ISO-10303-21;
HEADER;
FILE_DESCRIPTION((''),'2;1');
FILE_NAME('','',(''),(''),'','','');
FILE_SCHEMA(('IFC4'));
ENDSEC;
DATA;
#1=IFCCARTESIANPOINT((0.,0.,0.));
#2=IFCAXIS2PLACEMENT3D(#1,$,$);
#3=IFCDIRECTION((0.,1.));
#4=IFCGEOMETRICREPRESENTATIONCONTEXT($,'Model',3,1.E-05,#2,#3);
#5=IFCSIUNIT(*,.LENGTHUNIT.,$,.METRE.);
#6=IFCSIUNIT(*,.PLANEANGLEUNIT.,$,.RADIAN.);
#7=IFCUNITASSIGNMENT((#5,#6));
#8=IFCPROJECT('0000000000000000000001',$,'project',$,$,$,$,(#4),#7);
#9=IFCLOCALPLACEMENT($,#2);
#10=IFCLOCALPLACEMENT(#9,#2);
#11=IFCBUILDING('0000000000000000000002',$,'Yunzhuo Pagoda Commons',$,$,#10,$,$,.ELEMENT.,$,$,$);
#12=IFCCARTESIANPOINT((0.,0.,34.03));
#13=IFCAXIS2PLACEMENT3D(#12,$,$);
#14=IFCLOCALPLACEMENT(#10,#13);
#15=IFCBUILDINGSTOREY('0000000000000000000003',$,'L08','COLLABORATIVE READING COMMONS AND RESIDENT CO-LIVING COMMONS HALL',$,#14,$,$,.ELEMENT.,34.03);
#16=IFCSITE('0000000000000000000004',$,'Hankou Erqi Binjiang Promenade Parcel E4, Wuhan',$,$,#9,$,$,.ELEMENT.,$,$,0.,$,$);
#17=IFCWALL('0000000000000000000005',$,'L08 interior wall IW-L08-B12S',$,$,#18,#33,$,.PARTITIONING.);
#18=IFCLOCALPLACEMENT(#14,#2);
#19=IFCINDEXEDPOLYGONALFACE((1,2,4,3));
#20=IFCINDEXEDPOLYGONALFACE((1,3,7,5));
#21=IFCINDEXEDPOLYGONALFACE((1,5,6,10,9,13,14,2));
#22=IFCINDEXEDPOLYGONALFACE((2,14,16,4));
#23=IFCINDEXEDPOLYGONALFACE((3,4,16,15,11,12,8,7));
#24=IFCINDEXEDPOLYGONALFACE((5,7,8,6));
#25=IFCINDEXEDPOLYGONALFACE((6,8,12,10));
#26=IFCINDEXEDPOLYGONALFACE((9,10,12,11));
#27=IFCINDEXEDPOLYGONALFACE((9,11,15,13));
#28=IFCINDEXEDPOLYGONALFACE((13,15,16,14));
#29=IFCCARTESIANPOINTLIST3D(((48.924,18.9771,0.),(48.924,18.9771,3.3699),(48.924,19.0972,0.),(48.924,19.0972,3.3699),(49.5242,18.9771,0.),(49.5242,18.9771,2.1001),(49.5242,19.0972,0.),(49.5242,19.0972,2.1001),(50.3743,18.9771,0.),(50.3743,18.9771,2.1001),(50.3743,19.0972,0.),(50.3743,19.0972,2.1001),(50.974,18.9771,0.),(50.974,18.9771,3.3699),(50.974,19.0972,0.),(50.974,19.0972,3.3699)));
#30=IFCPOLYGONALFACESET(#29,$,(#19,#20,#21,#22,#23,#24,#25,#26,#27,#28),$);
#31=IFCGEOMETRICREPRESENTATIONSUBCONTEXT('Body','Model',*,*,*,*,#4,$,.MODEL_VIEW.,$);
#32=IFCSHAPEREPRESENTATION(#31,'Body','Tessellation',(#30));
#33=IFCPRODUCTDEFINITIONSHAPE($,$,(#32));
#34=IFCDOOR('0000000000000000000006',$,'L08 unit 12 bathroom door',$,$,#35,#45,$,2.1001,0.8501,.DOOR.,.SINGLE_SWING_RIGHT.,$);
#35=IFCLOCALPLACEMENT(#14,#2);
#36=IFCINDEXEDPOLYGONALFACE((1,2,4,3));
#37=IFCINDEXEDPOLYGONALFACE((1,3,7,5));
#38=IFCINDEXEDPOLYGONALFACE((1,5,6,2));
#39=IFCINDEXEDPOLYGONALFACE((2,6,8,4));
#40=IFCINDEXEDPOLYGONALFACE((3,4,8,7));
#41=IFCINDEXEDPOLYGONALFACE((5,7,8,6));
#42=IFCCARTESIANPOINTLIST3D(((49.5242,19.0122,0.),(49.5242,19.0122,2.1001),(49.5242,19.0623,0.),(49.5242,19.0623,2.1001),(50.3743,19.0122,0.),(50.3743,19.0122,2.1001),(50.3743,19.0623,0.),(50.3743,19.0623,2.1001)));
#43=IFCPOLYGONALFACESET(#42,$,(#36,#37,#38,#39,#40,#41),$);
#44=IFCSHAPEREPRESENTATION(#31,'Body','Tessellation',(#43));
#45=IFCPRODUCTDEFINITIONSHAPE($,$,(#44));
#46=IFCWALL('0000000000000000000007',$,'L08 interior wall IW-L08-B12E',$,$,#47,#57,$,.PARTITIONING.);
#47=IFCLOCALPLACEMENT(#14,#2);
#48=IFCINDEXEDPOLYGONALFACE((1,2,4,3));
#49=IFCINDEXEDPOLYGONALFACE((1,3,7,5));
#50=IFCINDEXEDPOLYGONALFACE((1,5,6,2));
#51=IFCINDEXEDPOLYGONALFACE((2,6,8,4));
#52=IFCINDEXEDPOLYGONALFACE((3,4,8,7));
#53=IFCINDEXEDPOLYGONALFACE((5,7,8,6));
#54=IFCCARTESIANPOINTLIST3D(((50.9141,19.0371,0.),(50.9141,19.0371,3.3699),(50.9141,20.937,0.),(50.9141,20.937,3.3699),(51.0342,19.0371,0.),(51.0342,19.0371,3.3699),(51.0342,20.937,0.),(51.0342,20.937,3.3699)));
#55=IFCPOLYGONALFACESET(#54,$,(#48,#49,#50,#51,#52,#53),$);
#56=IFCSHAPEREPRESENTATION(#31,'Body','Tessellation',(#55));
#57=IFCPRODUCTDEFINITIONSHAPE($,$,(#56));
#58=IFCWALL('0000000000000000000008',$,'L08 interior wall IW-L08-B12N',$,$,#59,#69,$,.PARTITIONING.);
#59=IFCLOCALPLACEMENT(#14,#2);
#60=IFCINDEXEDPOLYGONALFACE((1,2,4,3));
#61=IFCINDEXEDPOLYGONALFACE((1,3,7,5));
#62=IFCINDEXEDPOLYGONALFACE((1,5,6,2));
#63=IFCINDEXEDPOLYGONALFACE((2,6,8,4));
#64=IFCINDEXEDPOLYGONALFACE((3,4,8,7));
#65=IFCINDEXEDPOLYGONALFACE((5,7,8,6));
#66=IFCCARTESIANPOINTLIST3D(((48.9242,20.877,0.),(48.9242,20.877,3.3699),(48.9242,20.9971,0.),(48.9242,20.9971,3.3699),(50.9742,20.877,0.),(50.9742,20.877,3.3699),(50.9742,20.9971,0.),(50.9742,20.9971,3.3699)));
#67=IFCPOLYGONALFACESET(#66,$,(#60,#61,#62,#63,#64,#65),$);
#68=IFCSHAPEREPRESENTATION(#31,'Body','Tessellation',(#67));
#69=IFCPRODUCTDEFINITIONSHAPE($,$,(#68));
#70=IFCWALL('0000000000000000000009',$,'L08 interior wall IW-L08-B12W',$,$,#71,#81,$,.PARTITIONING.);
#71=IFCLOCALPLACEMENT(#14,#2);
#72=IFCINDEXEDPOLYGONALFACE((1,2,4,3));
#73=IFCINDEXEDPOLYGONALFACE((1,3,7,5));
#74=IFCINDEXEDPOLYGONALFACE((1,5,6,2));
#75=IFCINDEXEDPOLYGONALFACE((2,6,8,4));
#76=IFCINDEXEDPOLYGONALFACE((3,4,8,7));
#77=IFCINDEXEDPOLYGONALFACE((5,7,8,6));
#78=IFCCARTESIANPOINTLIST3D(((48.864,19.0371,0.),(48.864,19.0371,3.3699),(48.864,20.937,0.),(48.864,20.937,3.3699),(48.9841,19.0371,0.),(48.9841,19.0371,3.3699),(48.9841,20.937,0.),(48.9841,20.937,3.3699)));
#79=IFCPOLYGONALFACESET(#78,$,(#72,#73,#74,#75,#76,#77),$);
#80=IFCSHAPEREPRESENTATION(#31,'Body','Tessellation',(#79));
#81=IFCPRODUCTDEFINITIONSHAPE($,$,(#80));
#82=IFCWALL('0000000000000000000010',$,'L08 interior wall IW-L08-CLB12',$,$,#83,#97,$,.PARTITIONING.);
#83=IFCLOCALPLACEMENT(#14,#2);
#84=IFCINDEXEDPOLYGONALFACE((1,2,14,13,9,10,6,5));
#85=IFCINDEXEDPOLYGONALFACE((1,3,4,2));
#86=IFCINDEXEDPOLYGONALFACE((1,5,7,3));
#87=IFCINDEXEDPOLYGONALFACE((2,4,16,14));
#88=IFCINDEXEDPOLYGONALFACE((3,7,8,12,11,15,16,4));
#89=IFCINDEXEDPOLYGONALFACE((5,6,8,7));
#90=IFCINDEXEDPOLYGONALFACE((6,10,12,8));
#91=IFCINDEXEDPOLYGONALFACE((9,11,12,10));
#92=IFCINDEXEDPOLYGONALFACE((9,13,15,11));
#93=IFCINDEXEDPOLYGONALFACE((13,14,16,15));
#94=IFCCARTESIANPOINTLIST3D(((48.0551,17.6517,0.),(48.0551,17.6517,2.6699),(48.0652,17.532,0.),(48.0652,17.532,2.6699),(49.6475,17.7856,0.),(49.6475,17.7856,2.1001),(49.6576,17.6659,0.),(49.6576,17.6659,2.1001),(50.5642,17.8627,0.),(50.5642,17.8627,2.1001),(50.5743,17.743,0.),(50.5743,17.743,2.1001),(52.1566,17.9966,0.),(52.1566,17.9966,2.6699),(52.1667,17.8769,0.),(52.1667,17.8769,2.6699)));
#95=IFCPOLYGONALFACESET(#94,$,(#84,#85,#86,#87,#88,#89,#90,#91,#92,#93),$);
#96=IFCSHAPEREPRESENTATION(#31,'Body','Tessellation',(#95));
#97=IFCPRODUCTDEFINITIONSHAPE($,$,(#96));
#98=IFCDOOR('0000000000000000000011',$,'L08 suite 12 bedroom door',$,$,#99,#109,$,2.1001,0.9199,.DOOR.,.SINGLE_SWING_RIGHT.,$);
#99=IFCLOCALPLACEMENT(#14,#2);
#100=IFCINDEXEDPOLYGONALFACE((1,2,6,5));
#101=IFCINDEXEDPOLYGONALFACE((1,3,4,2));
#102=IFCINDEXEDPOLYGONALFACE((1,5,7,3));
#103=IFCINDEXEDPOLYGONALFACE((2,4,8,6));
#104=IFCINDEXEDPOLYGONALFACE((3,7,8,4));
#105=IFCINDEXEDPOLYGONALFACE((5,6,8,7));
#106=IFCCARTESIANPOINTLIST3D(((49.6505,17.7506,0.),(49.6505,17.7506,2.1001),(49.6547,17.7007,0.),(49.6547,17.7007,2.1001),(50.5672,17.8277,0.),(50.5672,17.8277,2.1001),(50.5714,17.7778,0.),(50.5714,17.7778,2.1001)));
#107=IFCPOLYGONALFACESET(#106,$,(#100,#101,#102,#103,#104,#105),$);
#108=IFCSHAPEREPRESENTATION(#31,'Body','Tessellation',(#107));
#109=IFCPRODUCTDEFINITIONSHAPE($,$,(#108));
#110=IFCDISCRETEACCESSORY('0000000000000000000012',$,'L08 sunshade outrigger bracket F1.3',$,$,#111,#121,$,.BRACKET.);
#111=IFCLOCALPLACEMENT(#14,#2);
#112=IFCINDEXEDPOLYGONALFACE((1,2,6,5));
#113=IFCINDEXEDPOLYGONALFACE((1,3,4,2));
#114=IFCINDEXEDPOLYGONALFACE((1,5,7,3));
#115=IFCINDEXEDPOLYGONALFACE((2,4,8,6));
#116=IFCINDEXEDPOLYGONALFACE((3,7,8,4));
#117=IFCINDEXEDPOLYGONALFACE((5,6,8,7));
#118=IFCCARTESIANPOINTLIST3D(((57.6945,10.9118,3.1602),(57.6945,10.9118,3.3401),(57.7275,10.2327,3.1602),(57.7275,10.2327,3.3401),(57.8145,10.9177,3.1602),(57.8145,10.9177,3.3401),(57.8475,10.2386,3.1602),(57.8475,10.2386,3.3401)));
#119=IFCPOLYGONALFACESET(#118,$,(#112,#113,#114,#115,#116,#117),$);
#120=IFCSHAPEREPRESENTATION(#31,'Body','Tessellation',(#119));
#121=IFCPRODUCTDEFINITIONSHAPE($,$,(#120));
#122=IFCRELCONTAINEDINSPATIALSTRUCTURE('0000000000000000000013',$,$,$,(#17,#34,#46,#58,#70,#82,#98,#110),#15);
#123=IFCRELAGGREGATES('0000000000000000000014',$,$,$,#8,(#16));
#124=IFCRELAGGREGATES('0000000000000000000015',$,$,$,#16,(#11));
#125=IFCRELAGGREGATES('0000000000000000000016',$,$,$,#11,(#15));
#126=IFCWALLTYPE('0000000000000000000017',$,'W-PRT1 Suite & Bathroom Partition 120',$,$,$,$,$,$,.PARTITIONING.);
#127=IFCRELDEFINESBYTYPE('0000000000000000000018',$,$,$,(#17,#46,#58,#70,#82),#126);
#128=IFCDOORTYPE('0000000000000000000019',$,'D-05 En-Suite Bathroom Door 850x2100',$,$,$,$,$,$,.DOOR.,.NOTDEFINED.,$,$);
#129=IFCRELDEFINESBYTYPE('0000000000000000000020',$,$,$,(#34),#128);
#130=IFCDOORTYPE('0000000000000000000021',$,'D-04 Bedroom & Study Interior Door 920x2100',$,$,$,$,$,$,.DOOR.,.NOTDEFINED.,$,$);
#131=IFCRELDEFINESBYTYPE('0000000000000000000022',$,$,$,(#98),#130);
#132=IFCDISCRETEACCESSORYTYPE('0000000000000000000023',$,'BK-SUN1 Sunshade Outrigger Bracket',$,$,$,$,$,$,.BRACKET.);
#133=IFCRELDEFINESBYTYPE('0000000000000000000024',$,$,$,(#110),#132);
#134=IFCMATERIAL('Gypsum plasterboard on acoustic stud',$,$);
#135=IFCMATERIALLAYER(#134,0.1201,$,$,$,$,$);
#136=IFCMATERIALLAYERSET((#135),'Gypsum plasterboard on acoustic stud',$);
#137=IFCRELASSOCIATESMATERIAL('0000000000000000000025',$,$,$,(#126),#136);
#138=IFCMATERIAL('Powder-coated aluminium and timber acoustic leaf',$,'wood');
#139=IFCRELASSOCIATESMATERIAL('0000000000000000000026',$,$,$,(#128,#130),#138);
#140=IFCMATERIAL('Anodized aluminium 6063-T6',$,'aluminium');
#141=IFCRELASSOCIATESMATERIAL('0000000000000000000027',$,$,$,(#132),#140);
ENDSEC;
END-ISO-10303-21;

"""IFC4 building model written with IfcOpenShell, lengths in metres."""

from ifc_helpers import new_model, si_unit, direction, frame, frame_2d, origin, origin_with_axes, origin_2d, place, context, subcontext, project, spatial, rectangle, extrude, source, transform, mapped, material, layer, layer_set, type_object, element, fill, save


model = new_model("IFC4")

# Units and contexts
model_context = context("Model", 3, precision=1e-05, world=origin(), true_north=direction((0.0, 1.0)))
body_context = subcontext(model_context, "Body", "Model", "MODEL_VIEW")
ifc_project = project(units=[si_unit("LENGTHUNIT", "METRE"), si_unit("PLANEANGLEUNIT", "RADIAN")], contexts=[model_context])

# Site, building, storey
site_placement = place(None, origin())
site = spatial("IfcSite", under=ifc_project, at=site_placement, Name="Hankou Erqi Binjiang Promenade Parcel E4, Wuhan", CompositionType="ELEMENT", RefElevation=0.0)
building_placement = place(site_placement, origin())
building = spatial("IfcBuilding", under=site, at=building_placement, Name="Yunzhuo Pagoda Commons", CompositionType="ELEMENT")
storey_placement = place(building_placement, frame((0.0, 0.0, 34.03)))
storey = spatial("IfcBuildingStorey", under=building, at=storey_placement, Name="L08", Description="COLLABORATIVE READING COMMONS AND RESIDENT CO-LIVING COMMONS HALL", CompositionType="ELEMENT", Elevation=34.03)

# Shared definitions
ifc_material_1 = material(Name="Anodized aluminium 6063-T6", Category="aluminium")

# Shared definitions
ifc_material_2 = material(Name="Gypsum plasterboard on acoustic stud")
ifc_layer_1 = layer(ifc_material_2, 0.1201)
ifc_layer_set_1 = layer_set([ifc_layer_1], Name="Gypsum plasterboard on acoustic stud")
wall_type = type_object("IfcWallType", Name="W-PRT1 Suite & Bathroom Partition 120", PredefinedType="PARTITIONING", material=ifc_layer_set_1)

# Wall, opening, door
wall_1_placement = place(storey_placement, frame((48.9241, 19.0371, 0.0), z_axis=(0.0, 0.0, 1.0), x_axis=(1.0, 0.0, 0.0)))
wall_1 = element("IfcWall", 1, at=wall_1_placement, inside=storey, type_object=wall_type, Name="L08 interior wall IW-L08-B12S", PredefinedType="PARTITIONING", context=body_context, shape_type="SweptSolid", body=[
    extrude(rectangle(XDim=2.05, YDim=0.1201, at=frame_2d((1.0249, 0.0))), origin(), (0.0, 0.0, 1.0), 3.3699),
])
opening_1_placement = place(wall_1_placement, frame((0.6001, 0.0, 0.0)))
opening_1 = element("IfcOpeningElement", 2, at=opening_1_placement, cuts=wall_1, PredefinedType="OPENING", context=body_context, shape_type="SweptSolid", body=[
    extrude(rectangle(XDim=0.8501, YDim=2.1001, at=frame_2d((0.425, 1.05))), frame((0.0, 0.0701, 0.0), z_axis=(0.0, -1.0, 0.0), x_axis=(1.0, 0.0, 0.0)), (0.0, 0.0, 1.0), 0.1401),
])
ifc_material_3 = material(Name="Powder-coated aluminium and timber acoustic leaf", Category="wood")
door_type_1 = type_object("IfcDoorType", Name="D-05 En-Suite Bathroom Door 850x2100", OperationType="NOTDEFINED", PredefinedType="DOOR", material=ifc_material_3)
shared_shape_1 = source(origin(), body_context, "Body", "SweptSolid", [
    extrude(rectangle(XDim=0.8501, YDim=2.1001, at=frame_2d((0.425, 1.05))), frame((0.0, 0.0249, 0.0), z_axis=(0.0, -1.0, 0.0), x_axis=(1.0, 0.0, 0.0)), (0.0, 0.0, 1.0), 0.05),
])
door_1_placement = place(opening_1_placement, frame((0.8501, 0.0, 0.0), z_axis=(0.0, 0.0, 1.0), x_axis=(-1.0, 0.0, 0.0)))
door_1 = element("IfcDoor", 3, at=door_1_placement, inside=storey, type_object=door_type_1, Name="L08 unit 12 bathroom door", OperationType="SINGLE_SWING_RIGHT", OverallHeight=2.1001, OverallWidth=0.8501, PredefinedType="DOOR", context=body_context, shape_type="MappedRepresentation", body=[
    mapped(shared_shape_1, transform((0.0, 0.0, 0.0), scale=1.0)),
])
fill(opening_1, door_1)

# Walls
wall_2_placement = place(storey_placement, frame((50.9741, 19.0371, 0.0), z_axis=(0.0, 0.0, 1.0), x_axis=(0.0, 1.0, 0.0)))
element("IfcWall", 4, at=wall_2_placement, inside=storey, type_object=wall_type, Name="L08 interior wall IW-L08-B12E", PredefinedType="PARTITIONING", context=body_context, shape_type="SweptSolid", body=[
    extrude(rectangle(XDim=1.8999, YDim=0.1201, at=frame_2d((0.95, 0.0))), origin(), (0.0, 0.0, 1.0), 3.3699),
])
wall_3_placement = place(storey_placement, frame((50.9741, 20.937, 0.0), z_axis=(0.0, 0.0, 1.0), x_axis=(-1.0, 0.0, 0.0)))
element("IfcWall", 5, at=wall_3_placement, inside=storey, type_object=wall_type, Name="L08 interior wall IW-L08-B12N", PredefinedType="PARTITIONING", context=body_context, shape_type="SweptSolid", body=[
    extrude(rectangle(XDim=2.05, YDim=0.1201, at=frame_2d((1.0249, 0.0))), origin(), (0.0, 0.0, 1.0), 3.3699),
])
wall_4_placement = place(storey_placement, frame((48.9241, 20.937, 0.0), z_axis=(0.0, 0.0, 1.0), x_axis=(0.0, -1.0, 0.0)))
element("IfcWall", 6, at=wall_4_placement, inside=storey, type_object=wall_type, Name="L08 interior wall IW-L08-B12W", PredefinedType="PARTITIONING", context=body_context, shape_type="SweptSolid", body=[
    extrude(rectangle(XDim=1.8999, YDim=0.1201, at=frame_2d((0.95, 0.0))), origin(), (0.0, 0.0, 1.0), 3.3699),
])

# Wall, opening, door
wall_5_placement = place(storey_placement, frame((48.0601, 17.5918, 0.0), z_axis=(0.0, 0.0, 1.0), x_axis=(0.996482, 0.083811, 0.0)))
wall_5 = element("IfcWall", 7, at=wall_5_placement, inside=storey, type_object=wall_type, Name="L08 interior wall IW-L08-CLB12", PredefinedType="PARTITIONING", context=body_context, shape_type="SweptSolid", body=[
    extrude(rectangle(XDim=4.116, YDim=0.1201, at=frame_2d((2.0581, 0.0))), origin(), (0.0, 0.0, 1.0), 2.6699),
])
opening_2_placement = place(wall_5_placement, frame((1.5981, 0.0, 0.0)))
opening_2 = element("IfcOpeningElement", 8, at=opening_2_placement, cuts=wall_5, PredefinedType="OPENING", context=body_context, shape_type="SweptSolid", body=[
    extrude(rectangle(XDim=0.9199, YDim=2.1001, at=frame_2d((0.46, 1.05))), frame((0.0, 0.0701, 0.0), z_axis=(0.0, -1.0, 0.0), x_axis=(1.0, 0.0, 0.0)), (0.0, 0.0, 1.0), 0.1401),
])
door_type_2 = type_object("IfcDoorType", Name="D-04 Bedroom & Study Interior Door 920x2100", OperationType="NOTDEFINED", PredefinedType="DOOR", material=ifc_material_3)
shared_shape_2 = source(origin(), body_context, "Body", "SweptSolid", [
    extrude(rectangle(XDim=0.9199, YDim=2.1001, at=frame_2d((0.46, 1.05))), frame((0.0, 0.0249, 0.0), z_axis=(0.0, -1.0, 0.0), x_axis=(1.0, 0.0, 0.0)), (0.0, 0.0, 1.0), 0.05),
])
door_2_placement = place(opening_2_placement, origin_with_axes())
door_2 = element("IfcDoor", 9, at=door_2_placement, inside=storey, type_object=door_type_2, Name="L08 suite 12 bedroom door", OperationType="SINGLE_SWING_RIGHT", OverallHeight=2.1001, OverallWidth=0.9199, PredefinedType="DOOR", context=body_context, shape_type="MappedRepresentation", body=[
    mapped(shared_shape_2, transform((0.0, 0.0, 0.0), scale=1.0)),
])
fill(opening_2, door_2)

# Discrete accessory
discrete_accessory_type = type_object("IfcDiscreteAccessoryType", Name="BK-SUN1 Sunshade Outrigger Bracket", PredefinedType="BRACKET", material=ifc_material_1)
shared_shape_3 = source(origin(), body_context, "Body", "SweptSolid", [
    extrude(rectangle(XDim=0.1201, YDim=0.6799, at=origin_2d()), origin(), (0.0, 0.0, 1.0), 0.1799),
])
discrete_accessory_placement = place(storey_placement, frame((57.771, 10.5752, 3.1602), z_axis=(0.0, 0.0, 1.0), x_axis=(0.998818, 0.048606, 0.0)))
element("IfcDiscreteAccessory", 10, at=discrete_accessory_placement, inside=storey, type_object=discrete_accessory_type, Name="L08 sunshade outrigger bracket F1.3", PredefinedType="BRACKET", context=body_context, shape_type="MappedRepresentation", body=[
    mapped(shared_shape_3, transform((0.0, 0.0, 0.0), scale=1.0)),
])

save(model, "model.ifc")
